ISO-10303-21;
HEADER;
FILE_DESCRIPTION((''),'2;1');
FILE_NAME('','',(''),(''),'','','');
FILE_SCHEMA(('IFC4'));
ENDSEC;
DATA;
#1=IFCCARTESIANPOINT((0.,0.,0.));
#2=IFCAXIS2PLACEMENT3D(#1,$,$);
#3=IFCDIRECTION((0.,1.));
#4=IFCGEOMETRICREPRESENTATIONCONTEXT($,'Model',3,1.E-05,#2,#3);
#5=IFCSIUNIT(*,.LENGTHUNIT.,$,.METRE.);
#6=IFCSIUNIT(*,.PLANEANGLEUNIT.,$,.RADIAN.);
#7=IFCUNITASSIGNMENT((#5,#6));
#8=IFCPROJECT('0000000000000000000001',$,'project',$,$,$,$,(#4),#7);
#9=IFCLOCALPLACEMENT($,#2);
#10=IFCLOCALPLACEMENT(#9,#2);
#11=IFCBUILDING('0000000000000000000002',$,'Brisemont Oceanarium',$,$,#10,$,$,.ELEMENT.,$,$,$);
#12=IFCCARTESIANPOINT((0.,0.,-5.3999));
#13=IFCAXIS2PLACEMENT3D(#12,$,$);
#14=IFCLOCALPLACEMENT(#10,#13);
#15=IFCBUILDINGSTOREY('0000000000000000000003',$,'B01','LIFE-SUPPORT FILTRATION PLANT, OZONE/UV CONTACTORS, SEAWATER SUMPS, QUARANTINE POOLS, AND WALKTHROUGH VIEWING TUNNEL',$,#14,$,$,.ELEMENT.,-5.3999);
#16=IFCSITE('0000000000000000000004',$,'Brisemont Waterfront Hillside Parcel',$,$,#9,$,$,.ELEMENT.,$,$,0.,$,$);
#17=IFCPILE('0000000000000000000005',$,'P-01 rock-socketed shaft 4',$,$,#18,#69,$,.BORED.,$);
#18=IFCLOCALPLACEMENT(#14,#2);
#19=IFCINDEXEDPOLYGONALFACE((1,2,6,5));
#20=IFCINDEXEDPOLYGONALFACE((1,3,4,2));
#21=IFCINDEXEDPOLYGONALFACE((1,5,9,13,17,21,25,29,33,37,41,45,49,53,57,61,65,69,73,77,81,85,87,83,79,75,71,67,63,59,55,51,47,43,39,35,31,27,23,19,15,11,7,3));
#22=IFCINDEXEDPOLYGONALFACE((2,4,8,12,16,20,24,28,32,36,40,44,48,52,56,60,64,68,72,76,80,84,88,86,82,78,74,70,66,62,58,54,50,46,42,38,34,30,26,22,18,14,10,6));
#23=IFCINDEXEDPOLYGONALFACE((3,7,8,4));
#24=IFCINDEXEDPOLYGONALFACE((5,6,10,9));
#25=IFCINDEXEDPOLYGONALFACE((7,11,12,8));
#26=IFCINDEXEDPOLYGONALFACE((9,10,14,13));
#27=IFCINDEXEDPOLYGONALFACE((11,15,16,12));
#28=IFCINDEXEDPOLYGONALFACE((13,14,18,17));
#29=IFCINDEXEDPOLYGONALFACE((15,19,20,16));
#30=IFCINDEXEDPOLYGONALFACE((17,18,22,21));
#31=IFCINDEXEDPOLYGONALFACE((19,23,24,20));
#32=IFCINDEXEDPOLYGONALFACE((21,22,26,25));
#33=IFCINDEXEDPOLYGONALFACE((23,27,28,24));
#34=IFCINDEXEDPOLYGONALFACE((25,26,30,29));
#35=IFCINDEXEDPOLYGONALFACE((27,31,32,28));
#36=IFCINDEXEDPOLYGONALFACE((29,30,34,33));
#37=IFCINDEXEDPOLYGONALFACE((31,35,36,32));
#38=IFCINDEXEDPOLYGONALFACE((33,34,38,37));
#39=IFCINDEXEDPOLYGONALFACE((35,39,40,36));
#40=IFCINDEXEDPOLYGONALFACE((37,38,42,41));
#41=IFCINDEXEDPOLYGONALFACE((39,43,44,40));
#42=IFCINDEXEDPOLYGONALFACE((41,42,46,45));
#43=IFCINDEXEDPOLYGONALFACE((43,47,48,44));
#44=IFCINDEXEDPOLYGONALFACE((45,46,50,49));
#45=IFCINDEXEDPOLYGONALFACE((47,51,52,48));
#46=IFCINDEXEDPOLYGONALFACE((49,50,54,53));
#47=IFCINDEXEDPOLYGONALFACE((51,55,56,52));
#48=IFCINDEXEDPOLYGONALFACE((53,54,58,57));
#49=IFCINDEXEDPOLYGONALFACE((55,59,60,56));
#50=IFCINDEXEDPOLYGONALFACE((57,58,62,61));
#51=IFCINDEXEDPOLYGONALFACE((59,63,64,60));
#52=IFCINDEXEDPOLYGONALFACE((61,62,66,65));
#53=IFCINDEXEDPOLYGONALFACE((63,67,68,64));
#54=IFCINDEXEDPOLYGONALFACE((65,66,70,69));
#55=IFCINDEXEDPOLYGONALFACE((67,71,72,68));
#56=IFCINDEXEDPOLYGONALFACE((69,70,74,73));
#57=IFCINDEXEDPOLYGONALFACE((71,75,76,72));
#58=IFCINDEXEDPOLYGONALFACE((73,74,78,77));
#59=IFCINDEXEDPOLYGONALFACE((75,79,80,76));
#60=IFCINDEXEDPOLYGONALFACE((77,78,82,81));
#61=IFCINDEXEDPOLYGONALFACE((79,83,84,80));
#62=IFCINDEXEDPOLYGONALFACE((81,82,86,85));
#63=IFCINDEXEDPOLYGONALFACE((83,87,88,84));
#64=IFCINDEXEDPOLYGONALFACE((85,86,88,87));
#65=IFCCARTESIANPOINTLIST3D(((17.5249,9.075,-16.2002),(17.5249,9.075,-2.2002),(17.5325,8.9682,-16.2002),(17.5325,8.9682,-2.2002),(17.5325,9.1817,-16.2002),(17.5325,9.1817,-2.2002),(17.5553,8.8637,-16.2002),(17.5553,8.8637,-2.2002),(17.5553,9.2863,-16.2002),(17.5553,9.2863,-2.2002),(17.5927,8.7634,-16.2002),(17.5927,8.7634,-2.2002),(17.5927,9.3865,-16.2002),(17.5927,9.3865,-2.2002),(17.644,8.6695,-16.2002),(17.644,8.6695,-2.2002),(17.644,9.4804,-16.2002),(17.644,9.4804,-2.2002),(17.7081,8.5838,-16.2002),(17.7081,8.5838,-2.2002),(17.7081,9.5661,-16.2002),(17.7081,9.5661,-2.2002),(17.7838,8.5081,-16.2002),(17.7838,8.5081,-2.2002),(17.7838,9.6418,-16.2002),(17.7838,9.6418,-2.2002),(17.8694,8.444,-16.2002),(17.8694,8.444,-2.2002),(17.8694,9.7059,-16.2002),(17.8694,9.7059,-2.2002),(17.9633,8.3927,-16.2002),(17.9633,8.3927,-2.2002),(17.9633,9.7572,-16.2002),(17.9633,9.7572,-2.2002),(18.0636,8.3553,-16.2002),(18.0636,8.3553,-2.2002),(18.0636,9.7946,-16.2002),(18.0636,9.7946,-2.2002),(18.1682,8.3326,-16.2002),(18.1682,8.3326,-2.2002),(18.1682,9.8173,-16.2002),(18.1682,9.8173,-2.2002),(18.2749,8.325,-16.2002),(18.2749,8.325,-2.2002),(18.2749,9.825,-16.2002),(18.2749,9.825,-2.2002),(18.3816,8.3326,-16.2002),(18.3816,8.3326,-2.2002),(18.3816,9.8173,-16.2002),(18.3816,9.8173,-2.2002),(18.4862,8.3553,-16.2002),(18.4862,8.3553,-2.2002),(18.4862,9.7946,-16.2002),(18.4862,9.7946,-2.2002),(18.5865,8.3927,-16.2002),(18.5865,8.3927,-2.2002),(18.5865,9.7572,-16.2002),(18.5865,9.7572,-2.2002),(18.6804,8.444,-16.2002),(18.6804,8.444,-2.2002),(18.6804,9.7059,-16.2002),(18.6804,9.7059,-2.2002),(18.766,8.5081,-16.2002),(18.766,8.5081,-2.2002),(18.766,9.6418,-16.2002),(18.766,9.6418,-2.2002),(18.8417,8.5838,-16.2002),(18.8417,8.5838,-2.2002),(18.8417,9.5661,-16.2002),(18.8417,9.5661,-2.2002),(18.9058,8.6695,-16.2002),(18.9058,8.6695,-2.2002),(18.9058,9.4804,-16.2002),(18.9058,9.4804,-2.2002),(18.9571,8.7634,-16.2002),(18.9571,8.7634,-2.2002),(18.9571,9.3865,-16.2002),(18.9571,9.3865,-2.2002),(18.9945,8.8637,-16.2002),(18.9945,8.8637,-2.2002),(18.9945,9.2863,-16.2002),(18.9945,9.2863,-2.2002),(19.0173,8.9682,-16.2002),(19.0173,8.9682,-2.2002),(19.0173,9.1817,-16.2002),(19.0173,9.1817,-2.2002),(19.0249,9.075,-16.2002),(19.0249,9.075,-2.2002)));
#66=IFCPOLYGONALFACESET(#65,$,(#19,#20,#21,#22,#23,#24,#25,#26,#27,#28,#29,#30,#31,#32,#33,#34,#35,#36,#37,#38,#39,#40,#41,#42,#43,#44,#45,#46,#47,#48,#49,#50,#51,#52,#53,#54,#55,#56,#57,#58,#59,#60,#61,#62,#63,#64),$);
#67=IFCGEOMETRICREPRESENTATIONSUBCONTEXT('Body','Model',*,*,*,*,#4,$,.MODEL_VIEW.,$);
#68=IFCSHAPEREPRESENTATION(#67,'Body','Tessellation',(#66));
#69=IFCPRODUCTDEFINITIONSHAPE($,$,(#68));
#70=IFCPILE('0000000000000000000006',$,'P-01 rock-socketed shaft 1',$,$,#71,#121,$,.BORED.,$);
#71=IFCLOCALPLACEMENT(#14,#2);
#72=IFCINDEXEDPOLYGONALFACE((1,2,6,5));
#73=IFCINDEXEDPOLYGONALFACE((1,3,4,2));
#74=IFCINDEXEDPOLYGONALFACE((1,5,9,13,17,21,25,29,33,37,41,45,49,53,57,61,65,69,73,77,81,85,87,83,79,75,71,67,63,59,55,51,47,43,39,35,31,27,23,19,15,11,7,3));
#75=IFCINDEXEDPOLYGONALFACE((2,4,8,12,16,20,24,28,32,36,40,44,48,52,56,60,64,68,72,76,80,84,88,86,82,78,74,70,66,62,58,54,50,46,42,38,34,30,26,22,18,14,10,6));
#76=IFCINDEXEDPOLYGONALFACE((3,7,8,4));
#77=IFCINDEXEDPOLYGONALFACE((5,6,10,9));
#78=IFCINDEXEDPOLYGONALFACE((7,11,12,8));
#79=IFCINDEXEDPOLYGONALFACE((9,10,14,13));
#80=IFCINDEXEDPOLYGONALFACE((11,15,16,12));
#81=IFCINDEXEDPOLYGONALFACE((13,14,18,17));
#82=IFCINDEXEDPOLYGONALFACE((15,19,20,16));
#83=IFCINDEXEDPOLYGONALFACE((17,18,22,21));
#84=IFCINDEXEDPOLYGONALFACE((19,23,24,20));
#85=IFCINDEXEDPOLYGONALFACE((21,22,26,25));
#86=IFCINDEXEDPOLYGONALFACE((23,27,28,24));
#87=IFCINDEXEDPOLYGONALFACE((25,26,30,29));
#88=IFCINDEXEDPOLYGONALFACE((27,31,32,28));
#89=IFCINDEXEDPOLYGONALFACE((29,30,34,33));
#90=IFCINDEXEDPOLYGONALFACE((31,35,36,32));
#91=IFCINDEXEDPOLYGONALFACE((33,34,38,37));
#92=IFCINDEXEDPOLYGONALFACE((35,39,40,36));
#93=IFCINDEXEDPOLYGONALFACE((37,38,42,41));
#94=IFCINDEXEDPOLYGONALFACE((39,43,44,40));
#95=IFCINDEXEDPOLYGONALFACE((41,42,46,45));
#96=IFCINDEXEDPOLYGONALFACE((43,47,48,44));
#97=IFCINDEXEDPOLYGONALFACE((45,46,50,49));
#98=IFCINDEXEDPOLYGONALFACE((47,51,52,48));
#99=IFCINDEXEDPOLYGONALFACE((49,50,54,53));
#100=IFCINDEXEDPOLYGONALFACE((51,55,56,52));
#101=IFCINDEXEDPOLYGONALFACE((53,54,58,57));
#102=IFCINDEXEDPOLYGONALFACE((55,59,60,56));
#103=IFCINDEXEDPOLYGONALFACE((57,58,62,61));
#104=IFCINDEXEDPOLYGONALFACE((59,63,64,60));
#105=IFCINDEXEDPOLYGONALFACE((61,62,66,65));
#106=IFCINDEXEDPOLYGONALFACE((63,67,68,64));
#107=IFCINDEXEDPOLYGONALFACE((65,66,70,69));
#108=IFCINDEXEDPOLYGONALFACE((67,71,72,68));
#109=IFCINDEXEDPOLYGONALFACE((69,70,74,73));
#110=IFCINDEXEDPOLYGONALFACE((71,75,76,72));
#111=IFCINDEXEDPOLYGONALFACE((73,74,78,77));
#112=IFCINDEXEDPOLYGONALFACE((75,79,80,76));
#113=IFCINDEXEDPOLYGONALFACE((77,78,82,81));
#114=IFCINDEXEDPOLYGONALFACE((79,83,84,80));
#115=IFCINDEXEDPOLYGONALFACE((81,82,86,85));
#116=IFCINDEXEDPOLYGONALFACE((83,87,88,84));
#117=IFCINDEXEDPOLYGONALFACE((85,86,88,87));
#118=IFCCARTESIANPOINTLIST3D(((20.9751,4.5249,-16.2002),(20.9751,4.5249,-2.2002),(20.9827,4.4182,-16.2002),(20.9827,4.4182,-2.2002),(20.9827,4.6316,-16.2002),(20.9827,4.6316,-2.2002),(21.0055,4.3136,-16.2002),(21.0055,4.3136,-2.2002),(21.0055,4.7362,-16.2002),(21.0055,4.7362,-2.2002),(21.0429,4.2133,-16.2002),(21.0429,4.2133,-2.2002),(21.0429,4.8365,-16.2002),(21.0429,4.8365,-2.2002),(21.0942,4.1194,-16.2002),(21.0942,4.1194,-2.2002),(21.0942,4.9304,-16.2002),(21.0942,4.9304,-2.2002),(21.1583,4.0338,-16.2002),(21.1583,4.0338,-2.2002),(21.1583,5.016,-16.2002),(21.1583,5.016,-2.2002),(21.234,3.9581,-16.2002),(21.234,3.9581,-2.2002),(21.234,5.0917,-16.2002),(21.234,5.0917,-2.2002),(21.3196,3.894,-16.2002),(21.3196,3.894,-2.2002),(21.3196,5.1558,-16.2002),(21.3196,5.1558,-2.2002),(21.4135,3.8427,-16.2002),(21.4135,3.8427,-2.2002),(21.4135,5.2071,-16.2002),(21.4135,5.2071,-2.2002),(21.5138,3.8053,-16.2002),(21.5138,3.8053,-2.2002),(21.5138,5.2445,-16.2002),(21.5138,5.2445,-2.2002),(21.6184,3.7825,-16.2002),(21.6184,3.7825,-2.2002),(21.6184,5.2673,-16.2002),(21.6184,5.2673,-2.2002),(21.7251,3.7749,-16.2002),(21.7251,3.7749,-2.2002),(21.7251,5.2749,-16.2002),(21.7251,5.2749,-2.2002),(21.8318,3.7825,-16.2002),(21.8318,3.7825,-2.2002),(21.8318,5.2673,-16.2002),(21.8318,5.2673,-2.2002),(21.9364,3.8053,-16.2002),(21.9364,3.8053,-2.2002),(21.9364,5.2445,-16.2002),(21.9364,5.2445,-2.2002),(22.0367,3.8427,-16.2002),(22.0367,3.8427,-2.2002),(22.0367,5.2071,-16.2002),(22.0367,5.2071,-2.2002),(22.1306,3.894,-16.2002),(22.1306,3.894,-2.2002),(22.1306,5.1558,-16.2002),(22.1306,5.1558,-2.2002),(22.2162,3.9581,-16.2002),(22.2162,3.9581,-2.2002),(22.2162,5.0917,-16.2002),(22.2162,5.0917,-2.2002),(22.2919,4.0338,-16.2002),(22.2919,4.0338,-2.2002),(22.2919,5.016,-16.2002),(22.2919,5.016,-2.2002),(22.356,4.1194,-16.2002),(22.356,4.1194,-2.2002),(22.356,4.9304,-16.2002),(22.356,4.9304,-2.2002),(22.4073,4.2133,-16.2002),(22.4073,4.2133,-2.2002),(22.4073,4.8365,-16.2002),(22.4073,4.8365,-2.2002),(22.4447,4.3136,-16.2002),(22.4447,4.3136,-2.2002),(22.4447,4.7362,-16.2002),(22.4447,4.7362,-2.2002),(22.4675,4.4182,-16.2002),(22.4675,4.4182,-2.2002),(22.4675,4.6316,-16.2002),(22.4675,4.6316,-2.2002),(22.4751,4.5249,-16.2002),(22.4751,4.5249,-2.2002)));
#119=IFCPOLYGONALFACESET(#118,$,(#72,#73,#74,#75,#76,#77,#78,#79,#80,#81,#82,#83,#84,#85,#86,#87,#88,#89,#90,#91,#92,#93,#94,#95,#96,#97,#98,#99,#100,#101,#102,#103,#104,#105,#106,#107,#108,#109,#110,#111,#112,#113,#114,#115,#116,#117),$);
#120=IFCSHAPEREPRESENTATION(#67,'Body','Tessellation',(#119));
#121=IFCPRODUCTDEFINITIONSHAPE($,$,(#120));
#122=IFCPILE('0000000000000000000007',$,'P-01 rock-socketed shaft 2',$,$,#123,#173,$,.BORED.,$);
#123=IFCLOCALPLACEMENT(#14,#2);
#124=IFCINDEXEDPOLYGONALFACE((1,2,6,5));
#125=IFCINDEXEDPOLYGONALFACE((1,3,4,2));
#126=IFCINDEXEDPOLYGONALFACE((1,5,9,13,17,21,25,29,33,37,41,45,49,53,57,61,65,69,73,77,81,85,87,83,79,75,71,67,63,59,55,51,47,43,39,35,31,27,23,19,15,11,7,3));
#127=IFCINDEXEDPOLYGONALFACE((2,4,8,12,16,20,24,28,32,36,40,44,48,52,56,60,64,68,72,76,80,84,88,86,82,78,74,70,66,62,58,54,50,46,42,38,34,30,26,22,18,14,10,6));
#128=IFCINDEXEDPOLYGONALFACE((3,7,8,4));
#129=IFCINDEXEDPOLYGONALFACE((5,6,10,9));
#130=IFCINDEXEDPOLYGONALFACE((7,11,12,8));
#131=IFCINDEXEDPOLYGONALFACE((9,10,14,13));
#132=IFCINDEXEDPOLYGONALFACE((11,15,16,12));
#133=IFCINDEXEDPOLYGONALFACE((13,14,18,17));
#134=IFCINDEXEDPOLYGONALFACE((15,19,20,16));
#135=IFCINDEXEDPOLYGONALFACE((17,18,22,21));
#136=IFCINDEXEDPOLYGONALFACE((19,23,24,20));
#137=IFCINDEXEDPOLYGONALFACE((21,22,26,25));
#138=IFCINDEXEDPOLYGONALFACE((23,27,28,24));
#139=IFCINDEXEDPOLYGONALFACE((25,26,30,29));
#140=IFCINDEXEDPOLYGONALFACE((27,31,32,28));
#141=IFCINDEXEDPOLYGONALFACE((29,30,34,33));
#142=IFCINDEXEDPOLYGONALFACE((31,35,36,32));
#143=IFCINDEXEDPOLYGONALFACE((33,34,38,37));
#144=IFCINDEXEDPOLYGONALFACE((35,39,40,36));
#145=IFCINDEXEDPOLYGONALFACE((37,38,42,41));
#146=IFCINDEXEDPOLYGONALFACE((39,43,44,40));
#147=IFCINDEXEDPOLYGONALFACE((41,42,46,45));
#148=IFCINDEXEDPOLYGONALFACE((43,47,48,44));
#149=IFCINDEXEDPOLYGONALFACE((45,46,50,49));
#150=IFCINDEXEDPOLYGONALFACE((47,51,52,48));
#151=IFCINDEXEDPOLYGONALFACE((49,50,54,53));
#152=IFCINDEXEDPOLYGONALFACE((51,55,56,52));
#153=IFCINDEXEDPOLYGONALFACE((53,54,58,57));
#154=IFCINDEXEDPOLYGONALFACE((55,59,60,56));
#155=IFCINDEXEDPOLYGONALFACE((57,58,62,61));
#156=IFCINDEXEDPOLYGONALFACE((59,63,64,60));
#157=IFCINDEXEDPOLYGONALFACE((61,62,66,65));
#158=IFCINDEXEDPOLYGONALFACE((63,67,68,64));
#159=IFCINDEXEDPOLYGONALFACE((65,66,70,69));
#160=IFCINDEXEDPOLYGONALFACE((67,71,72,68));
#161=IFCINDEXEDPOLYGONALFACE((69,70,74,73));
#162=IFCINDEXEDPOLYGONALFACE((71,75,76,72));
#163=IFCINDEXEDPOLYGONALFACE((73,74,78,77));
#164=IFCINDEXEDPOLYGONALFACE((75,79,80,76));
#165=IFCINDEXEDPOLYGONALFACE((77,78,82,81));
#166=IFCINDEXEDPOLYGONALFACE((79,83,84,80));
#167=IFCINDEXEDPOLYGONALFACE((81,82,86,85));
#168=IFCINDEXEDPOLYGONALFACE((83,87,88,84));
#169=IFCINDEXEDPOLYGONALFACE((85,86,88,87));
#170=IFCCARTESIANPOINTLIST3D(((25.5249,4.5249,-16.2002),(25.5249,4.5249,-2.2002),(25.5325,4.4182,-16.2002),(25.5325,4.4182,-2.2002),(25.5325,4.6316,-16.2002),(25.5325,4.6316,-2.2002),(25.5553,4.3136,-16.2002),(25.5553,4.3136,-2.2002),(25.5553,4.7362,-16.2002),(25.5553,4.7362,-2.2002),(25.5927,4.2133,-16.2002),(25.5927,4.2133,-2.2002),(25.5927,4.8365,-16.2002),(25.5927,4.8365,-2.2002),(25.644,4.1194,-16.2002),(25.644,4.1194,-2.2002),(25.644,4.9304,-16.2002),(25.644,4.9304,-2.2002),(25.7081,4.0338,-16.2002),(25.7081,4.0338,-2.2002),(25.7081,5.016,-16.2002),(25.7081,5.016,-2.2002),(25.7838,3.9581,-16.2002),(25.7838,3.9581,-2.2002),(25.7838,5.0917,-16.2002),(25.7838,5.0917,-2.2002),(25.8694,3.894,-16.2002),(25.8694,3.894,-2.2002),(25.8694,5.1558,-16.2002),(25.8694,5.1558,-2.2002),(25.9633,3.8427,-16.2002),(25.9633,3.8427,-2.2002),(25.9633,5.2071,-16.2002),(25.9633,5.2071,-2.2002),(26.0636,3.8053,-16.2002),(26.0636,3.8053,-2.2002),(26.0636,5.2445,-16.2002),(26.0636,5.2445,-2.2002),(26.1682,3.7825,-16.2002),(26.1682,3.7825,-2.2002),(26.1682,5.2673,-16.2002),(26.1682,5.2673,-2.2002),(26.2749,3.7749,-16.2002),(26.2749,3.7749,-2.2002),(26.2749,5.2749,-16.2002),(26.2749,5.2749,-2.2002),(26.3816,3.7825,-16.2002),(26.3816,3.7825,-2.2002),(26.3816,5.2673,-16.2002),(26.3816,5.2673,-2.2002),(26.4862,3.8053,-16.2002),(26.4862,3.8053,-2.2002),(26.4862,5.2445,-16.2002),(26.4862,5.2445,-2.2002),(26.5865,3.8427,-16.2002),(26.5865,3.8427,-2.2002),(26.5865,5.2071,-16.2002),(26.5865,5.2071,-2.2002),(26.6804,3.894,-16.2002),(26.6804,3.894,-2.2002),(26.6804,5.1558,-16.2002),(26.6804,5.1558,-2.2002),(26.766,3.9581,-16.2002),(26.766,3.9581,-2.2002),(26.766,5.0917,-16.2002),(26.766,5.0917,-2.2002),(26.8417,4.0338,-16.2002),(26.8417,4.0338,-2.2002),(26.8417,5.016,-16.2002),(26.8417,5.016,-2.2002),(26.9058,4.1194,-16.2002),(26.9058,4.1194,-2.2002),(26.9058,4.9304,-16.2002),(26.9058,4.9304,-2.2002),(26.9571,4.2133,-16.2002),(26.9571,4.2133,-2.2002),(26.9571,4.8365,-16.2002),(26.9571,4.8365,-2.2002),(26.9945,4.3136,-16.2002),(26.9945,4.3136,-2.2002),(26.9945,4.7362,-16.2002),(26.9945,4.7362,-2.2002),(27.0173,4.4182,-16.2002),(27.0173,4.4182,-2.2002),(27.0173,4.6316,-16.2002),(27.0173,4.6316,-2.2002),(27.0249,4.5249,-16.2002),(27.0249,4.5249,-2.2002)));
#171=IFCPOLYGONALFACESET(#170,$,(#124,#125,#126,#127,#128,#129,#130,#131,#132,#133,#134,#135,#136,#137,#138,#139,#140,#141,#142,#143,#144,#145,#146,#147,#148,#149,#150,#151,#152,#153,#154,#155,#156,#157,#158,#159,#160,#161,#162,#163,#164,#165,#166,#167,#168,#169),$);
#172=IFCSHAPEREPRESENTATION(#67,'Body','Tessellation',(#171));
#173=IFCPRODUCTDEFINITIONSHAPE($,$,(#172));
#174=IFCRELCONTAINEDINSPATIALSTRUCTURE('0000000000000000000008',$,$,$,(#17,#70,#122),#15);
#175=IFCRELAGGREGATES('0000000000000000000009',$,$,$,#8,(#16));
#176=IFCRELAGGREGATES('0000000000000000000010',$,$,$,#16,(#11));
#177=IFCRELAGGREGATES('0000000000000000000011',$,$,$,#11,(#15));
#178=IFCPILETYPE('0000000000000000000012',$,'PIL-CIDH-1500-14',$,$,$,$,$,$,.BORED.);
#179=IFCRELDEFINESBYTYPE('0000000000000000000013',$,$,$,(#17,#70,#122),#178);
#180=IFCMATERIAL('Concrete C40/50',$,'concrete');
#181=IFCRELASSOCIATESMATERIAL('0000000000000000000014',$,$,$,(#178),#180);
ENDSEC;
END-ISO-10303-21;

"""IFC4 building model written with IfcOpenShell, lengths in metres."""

from ifc_helpers import new_model, si_unit, direction, frame, origin, origin_2d, place, context, subcontext, project, spatial, circle, extrude, material, material_profile, profile_set, type_object, element, save


model = new_model("IFC4")

# Units and contexts
model_context = context("Model", 3, precision=1e-05, world=origin(), true_north=direction((0.0, 1.0)))
body_context = subcontext(model_context, "Body", "Model", "MODEL_VIEW")
ifc_project = project(units=[si_unit("LENGTHUNIT", "METRE"), si_unit("PLANEANGLEUNIT", "RADIAN")], contexts=[model_context])

# Site, building, storey
site_placement = place(None, origin())
site = spatial("IfcSite", under=ifc_project, at=site_placement, Name="Brisemont Waterfront Hillside Parcel", CompositionType="ELEMENT", RefElevation=0.0)
building_placement = place(site_placement, origin())
building = spatial("IfcBuilding", under=site, at=building_placement, Name="Brisemont Oceanarium", CompositionType="ELEMENT")
storey_placement = place(building_placement, frame((0.0, 0.0, -5.3999)))
storey = spatial("IfcBuildingStorey", under=building, at=storey_placement, Name="B01", Description="LIFE-SUPPORT FILTRATION PLANT, OZONE/UV CONTACTORS, SEAWATER SUMPS, QUARANTINE POOLS, AND WALKTHROUGH VIEWING TUNNEL", CompositionType="ELEMENT", Elevation=-5.3999)

# Piles
ifc_material_1 = material(Name="Concrete C40/50", Category="concrete")
ifc_material_profile_1 = material_profile(ifc_material_1, circle(Radius=0.75, at=origin_2d()), Name="CIDH-D1500")
ifc_profile_set_1 = profile_set([ifc_material_profile_1], Name="Concrete C40/50")
pile_type_1 = type_object("IfcPileType", Name="PIL-CIDH-1500-14", PredefinedType="BORED", material=ifc_profile_set_1)
for number, where, z_axis, x_axis, name in (
    (1, (18.2749, 9.075, -2.2002), (0.0, 0.0, -1.0), (1.0, 0.0, 0.0), "P-01 rock-socketed shaft 4"),
    (2, (21.7251, 4.5249, -2.2002), (0.0, 0.0, -1.0), (1.0, 0.0, 0.0), "P-01 rock-socketed shaft 1"),
    (3, (26.2749, 4.5249, -2.2002), (0.0, 0.0, -1.0), (1.0, 0.0, 0.0), "P-01 rock-socketed shaft 2"),
):
    element("IfcPile", number, at=place(storey_placement, frame(where, z_axis=z_axis, x_axis=x_axis)), inside=storey, type_object=pile_type_1, Name=name, PredefinedType="BORED", context=body_context, shape_type="SweptSolid", body=[
        extrude(circle(Radius=0.75, at=origin_2d()), origin(), (0.0, 0.0, 1.0), 14.0),
    ])

save(model, "model.ifc")
